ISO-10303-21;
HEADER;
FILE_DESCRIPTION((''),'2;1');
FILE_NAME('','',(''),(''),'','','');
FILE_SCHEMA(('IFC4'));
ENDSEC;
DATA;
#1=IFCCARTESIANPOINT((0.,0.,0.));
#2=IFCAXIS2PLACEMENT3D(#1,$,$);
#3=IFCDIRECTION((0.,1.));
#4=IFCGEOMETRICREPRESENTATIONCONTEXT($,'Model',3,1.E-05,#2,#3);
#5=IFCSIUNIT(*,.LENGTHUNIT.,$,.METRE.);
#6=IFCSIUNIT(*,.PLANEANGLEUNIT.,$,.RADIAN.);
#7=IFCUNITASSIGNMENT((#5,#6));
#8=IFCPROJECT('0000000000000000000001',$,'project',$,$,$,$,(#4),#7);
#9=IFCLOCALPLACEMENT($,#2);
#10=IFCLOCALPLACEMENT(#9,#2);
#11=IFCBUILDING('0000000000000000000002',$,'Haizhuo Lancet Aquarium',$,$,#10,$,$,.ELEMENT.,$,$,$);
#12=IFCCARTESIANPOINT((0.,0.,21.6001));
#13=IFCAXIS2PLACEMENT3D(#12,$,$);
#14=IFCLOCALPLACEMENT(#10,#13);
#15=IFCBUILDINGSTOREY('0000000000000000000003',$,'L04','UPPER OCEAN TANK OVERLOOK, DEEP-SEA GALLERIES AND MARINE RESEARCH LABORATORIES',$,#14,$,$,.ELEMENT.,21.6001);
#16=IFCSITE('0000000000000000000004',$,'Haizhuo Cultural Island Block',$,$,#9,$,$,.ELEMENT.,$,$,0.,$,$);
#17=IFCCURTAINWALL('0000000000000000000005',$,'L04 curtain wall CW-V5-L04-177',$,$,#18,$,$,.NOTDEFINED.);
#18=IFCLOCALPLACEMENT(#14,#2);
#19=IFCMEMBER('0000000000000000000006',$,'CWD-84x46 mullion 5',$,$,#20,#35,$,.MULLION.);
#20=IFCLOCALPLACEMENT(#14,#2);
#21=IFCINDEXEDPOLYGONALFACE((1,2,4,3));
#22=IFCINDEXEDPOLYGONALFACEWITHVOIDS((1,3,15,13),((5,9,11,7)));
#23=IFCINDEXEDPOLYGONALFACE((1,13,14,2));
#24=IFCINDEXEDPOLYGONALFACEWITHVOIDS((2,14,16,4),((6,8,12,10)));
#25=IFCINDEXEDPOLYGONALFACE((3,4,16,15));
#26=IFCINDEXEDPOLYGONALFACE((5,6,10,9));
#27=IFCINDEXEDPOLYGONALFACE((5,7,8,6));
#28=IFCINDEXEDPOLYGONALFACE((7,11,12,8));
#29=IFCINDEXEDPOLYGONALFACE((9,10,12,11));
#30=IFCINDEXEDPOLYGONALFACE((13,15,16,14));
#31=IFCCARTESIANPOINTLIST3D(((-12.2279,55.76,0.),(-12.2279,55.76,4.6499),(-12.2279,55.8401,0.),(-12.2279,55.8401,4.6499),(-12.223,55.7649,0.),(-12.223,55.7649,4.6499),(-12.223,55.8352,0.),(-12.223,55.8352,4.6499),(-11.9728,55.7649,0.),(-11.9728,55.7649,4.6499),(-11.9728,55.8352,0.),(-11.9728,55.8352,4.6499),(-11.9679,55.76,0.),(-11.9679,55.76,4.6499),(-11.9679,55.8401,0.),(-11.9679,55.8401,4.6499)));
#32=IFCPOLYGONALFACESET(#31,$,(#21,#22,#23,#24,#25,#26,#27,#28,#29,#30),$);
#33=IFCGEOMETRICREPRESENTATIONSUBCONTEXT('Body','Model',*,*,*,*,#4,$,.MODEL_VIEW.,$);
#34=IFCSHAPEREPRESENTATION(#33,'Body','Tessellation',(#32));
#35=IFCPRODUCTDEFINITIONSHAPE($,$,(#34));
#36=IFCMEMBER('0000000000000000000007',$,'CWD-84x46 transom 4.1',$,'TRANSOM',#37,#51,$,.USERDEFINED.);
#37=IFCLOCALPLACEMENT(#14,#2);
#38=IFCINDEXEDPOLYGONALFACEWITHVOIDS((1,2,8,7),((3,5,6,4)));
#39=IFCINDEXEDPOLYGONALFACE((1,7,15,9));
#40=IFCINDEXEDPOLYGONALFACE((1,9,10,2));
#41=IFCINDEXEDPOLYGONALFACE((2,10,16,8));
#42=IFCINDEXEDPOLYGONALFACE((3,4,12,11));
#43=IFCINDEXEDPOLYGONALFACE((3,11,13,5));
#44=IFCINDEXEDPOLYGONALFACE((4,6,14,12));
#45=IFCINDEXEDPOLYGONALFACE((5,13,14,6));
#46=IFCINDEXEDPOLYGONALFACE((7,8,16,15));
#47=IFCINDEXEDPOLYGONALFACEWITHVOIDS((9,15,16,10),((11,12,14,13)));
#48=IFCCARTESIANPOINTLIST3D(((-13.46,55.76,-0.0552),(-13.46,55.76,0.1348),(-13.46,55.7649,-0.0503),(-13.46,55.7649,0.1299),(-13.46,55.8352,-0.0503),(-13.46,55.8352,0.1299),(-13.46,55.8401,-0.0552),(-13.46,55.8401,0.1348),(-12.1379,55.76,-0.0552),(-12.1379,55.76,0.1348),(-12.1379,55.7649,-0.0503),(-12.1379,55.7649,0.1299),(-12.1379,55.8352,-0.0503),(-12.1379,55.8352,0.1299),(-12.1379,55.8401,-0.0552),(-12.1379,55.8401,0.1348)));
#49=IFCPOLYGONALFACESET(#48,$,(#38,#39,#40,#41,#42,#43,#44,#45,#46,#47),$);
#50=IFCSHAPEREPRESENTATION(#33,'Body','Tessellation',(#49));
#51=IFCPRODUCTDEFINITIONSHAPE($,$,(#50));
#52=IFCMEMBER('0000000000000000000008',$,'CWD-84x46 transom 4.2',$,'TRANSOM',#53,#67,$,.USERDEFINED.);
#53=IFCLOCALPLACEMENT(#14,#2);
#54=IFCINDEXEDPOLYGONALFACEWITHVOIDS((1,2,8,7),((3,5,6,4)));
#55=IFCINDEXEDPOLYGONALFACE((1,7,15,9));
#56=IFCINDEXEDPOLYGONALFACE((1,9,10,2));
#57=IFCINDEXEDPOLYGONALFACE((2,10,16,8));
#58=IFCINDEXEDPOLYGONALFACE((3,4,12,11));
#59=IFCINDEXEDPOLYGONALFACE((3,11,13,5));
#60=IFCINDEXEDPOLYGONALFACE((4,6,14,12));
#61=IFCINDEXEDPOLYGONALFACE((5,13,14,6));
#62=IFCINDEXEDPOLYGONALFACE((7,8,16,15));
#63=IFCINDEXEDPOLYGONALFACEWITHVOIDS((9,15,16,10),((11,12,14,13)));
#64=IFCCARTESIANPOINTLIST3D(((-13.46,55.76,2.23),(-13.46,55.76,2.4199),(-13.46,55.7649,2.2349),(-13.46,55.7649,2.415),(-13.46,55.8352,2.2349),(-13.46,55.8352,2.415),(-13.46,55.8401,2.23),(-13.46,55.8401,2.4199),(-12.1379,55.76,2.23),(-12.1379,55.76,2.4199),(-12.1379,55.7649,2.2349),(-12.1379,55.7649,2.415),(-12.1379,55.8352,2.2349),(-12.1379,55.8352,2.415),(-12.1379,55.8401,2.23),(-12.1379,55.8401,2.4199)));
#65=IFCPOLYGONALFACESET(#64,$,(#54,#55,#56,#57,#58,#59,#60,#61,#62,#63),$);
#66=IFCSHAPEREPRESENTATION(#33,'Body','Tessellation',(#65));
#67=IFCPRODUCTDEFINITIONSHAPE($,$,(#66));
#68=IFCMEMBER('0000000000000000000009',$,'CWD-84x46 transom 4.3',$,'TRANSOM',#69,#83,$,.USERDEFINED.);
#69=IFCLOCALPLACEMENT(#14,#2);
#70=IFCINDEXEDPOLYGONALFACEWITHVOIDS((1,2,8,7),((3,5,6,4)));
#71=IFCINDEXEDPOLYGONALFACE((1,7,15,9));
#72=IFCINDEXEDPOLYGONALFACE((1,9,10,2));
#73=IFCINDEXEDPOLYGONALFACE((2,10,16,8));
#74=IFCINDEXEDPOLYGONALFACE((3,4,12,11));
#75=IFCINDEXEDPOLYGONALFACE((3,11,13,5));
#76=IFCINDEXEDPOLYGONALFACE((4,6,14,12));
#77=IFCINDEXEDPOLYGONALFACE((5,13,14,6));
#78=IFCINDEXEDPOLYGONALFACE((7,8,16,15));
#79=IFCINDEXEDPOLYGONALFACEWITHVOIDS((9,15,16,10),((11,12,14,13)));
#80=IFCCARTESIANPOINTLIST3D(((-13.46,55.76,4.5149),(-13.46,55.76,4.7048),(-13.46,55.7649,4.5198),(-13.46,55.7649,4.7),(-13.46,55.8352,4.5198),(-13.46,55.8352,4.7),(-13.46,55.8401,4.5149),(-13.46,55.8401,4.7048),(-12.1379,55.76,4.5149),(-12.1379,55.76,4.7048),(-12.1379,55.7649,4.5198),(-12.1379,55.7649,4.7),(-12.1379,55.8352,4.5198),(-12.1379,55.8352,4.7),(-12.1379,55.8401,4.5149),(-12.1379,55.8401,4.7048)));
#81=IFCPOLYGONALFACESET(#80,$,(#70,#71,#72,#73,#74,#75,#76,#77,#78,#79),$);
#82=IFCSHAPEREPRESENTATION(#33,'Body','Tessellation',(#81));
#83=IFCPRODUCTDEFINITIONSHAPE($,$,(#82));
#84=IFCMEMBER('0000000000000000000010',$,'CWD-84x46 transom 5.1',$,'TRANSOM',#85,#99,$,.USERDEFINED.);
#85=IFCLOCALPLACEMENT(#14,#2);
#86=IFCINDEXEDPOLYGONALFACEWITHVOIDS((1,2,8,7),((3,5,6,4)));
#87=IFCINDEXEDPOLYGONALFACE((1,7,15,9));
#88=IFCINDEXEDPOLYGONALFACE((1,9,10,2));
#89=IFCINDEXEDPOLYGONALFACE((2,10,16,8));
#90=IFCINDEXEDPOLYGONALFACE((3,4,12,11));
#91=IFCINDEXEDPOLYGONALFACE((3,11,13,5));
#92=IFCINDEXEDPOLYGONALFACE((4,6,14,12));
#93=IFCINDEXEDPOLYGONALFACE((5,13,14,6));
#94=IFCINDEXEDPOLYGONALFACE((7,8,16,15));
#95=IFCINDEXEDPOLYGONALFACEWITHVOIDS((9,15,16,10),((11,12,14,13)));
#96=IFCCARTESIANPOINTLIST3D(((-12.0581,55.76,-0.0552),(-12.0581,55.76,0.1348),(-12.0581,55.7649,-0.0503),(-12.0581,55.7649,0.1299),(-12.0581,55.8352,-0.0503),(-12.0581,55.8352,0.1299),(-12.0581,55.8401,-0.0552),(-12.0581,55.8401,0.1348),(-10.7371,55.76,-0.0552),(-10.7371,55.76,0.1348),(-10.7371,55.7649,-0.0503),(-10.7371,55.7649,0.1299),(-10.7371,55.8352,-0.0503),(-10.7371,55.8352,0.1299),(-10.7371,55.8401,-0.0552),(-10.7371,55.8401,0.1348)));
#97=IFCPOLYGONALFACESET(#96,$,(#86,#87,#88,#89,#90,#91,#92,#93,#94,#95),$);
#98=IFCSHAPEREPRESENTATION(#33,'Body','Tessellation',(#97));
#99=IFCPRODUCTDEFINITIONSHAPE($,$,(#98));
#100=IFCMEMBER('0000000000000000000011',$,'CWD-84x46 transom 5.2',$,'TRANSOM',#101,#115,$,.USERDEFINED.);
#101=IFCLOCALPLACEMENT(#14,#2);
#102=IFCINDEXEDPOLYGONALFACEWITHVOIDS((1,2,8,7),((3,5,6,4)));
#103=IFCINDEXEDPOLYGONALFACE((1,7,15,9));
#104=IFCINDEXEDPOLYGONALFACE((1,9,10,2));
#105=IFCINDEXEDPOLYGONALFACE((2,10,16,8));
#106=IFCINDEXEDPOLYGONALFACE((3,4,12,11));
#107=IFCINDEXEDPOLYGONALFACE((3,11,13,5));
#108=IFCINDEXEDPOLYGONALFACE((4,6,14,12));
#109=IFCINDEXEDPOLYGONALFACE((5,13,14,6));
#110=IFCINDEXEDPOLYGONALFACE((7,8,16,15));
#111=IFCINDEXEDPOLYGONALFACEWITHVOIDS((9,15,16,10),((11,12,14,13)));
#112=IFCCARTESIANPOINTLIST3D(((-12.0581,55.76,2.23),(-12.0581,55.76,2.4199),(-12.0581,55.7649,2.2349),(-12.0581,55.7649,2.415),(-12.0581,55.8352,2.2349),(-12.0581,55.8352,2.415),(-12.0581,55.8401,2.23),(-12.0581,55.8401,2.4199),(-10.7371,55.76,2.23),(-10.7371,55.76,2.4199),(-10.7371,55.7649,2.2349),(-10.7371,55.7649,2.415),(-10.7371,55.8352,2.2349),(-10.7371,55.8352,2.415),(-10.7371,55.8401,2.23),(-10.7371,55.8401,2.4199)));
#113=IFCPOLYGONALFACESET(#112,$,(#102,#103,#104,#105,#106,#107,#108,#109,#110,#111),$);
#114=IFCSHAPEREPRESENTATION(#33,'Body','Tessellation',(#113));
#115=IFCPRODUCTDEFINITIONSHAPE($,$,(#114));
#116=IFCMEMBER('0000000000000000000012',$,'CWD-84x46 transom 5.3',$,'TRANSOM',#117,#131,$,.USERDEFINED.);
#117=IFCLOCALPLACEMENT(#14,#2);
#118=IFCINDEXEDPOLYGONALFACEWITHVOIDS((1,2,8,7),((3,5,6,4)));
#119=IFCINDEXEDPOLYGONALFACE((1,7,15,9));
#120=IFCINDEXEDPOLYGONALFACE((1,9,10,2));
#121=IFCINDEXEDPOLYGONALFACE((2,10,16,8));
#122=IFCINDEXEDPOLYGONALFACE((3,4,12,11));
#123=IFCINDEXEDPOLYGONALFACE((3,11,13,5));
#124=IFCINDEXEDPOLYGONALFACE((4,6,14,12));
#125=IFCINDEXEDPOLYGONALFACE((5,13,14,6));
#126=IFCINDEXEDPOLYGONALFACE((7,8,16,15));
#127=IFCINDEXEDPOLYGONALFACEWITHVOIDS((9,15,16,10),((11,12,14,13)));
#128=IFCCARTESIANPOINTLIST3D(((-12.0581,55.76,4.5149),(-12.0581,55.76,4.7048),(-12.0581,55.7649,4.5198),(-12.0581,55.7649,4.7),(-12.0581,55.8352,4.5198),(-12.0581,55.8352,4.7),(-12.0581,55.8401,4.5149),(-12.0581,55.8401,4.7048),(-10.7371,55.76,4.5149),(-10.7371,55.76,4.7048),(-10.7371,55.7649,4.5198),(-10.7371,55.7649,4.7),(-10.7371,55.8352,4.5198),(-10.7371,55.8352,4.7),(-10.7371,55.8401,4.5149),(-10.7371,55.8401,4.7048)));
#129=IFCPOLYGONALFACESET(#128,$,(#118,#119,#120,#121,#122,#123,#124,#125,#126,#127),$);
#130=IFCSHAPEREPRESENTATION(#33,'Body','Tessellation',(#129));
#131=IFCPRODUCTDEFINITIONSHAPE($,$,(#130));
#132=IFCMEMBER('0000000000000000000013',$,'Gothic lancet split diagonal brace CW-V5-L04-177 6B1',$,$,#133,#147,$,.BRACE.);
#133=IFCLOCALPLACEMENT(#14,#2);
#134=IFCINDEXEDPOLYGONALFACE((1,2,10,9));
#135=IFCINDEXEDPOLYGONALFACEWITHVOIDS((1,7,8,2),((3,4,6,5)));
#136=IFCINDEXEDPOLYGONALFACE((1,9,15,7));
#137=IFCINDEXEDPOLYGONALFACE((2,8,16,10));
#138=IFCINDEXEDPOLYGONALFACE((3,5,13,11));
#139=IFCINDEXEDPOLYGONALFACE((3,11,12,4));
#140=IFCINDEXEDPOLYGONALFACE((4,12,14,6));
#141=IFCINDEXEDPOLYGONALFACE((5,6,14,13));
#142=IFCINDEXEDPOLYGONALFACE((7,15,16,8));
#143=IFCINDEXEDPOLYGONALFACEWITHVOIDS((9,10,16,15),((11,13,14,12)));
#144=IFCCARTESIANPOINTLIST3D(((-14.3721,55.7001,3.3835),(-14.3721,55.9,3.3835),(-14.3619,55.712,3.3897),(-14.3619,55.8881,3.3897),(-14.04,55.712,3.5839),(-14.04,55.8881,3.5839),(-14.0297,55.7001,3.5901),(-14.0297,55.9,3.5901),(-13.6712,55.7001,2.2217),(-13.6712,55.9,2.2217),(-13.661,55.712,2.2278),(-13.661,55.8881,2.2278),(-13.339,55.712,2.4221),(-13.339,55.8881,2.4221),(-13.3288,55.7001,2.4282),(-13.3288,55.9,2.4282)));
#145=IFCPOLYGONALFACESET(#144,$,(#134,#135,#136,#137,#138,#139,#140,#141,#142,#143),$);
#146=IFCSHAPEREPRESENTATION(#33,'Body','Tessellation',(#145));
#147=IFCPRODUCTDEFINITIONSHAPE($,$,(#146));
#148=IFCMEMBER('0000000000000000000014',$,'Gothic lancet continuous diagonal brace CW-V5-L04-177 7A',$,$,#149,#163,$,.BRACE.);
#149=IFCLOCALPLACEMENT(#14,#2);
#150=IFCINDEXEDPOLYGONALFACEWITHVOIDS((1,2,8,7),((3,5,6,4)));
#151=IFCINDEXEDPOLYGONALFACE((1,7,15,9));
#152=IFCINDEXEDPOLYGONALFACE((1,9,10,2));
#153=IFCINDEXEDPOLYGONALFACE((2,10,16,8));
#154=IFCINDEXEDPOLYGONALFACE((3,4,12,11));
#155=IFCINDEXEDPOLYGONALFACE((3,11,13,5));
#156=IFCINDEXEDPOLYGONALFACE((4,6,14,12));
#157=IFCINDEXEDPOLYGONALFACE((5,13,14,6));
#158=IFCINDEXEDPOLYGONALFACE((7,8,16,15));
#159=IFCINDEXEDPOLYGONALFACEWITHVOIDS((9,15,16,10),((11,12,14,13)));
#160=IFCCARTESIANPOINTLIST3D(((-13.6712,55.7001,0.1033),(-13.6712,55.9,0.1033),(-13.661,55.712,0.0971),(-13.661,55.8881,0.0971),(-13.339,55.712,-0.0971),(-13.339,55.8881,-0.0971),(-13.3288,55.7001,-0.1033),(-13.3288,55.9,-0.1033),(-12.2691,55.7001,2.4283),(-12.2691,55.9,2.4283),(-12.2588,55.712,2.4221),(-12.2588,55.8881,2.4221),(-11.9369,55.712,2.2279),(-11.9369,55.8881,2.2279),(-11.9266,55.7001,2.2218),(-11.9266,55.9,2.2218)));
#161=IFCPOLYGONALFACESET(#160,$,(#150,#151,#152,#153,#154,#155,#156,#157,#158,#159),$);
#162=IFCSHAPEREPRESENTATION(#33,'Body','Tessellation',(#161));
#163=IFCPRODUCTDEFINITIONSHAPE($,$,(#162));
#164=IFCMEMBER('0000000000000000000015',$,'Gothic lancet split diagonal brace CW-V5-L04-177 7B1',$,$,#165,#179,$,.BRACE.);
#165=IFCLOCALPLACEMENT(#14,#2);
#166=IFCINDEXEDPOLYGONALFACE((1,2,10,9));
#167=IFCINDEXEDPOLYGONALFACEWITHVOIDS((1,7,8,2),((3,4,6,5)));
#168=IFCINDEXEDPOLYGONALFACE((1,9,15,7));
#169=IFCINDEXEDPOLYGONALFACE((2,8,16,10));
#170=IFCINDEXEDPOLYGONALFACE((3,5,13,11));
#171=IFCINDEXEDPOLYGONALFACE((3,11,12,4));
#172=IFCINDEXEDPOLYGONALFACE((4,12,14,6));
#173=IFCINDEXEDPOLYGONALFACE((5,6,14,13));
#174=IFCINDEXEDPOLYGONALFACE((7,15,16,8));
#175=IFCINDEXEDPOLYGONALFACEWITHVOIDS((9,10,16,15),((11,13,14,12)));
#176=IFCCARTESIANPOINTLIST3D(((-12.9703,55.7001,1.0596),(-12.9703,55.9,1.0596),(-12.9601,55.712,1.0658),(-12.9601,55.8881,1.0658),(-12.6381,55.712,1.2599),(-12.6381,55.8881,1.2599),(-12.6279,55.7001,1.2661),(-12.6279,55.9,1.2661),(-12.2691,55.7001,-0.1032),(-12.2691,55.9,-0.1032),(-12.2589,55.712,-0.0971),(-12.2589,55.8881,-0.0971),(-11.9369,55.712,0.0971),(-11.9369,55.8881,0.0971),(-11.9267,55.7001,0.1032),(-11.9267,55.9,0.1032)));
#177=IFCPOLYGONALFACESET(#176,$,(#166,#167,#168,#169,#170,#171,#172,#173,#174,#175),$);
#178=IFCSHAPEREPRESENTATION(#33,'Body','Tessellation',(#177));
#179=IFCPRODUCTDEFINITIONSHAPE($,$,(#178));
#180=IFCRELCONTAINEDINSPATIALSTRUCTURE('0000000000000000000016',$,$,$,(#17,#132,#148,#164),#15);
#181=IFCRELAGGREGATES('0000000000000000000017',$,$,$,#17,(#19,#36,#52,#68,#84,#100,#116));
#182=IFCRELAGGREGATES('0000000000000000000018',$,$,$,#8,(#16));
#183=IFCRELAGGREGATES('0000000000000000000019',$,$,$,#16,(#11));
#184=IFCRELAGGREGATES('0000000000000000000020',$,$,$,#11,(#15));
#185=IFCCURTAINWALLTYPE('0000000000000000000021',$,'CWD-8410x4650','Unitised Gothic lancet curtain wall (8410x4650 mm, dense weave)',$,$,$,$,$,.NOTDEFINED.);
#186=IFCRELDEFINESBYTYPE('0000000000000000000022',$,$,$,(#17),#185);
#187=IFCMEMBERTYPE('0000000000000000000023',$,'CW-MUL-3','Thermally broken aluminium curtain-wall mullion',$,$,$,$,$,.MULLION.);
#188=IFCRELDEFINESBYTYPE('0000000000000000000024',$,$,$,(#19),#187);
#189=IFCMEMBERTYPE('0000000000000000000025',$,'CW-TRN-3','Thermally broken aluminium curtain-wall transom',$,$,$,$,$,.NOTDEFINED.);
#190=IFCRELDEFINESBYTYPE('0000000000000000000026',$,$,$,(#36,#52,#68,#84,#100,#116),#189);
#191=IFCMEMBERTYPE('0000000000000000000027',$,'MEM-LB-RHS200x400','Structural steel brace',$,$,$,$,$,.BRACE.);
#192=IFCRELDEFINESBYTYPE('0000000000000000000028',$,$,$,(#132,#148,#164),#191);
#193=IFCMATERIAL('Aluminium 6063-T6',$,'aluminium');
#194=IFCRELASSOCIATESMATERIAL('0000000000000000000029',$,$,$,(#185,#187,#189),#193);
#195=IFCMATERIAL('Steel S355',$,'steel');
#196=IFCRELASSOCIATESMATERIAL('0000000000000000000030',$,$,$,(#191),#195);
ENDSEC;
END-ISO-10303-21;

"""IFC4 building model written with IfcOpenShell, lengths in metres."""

from ifc_helpers import new_model, si_unit, direction, frame, origin, origin_2d, place, context, subcontext, project, spatial, hollow_rectangle, extrude, material, material_profile, profile_set, type_object, element, aggregate, save


model = new_model("IFC4")

# Units and contexts
model_context = context("Model", 3, precision=1e-05, world=origin(), true_north=direction((0.0, 1.0)))
body_context = subcontext(model_context, "Body", "Model", "MODEL_VIEW")
ifc_project = project(units=[si_unit("LENGTHUNIT", "METRE"), si_unit("PLANEANGLEUNIT", "RADIAN")], contexts=[model_context])

# Site, building, storey
site_placement = place(None, origin())
site = spatial("IfcSite", under=ifc_project, at=site_placement, Name="Haizhuo Cultural Island Block", CompositionType="ELEMENT", RefElevation=0.0)
building_placement = place(site_placement, origin())
building = spatial("IfcBuilding", under=site, at=building_placement, Name="Haizhuo Lancet Aquarium", CompositionType="ELEMENT")
storey_placement = place(building_placement, frame((0.0, 0.0, 21.6001)))
storey = spatial("IfcBuildingStorey", under=building, at=storey_placement, Name="L04", Description="UPPER OCEAN TANK OVERLOOK, DEEP-SEA GALLERIES AND MARINE RESEARCH LABORATORIES", CompositionType="ELEMENT", Elevation=21.6001)

# Curtain wall, members
ifc_material_1 = material(Name="Aluminium 6063-T6", Category="aluminium")
curtain_wall_type = type_object("IfcCurtainWallType", Name="CWD-8410x4650", Description="Unitised Gothic lancet curtain wall (8410x4650 mm, dense weave)", PredefinedType="NOTDEFINED", material=ifc_material_1)
curtain_wall_placement = place(storey_placement, origin())
curtain_wall = element("IfcCurtainWall", 1, at=curtain_wall_placement, inside=storey, type_object=curtain_wall_type, Name="L04 curtain wall CW-V5-L04-177", PredefinedType="NOTDEFINED")
ifc_material_profile_1 = material_profile(ifc_material_1, hollow_rectangle(XDim=0.0801, YDim=0.26, WallThickness=0.0049, at=origin_2d()), Name="ALU-M 80x260x5")
ifc_profile_set_1 = profile_set([ifc_material_profile_1], Name="Aluminium 6063-T6")
member_type_1 = type_object("IfcMemberType", Name="CW-MUL-3", Description="Thermally broken aluminium curtain-wall mullion", PredefinedType="MULLION", material=ifc_profile_set_1)
member_1_placement = place(storey_placement, frame((-12.0979, 55.8, 0.0), z_axis=(0.0, 0.0, 1.0), x_axis=(0.0, 1.0, 0.0)))
member_1 = element("IfcMember", 2, at=member_1_placement, type_object=member_type_1, Name="CWD-84x46 mullion 5", PredefinedType="MULLION", context=body_context, shape_type="SweptSolid", body=[
    extrude(hollow_rectangle(XDim=0.0801, YDim=0.26, WallThickness=0.0049, at=origin_2d()), origin(), (0.0, 0.0, 1.0), 4.6499),
])
ifc_material_profile_2 = material_profile(ifc_material_1, hollow_rectangle(XDim=0.0801, YDim=0.1899, WallThickness=0.0049, at=origin_2d()), Name="ALU-T 80x190x5")
ifc_profile_set_2 = profile_set([ifc_material_profile_2], Name="Aluminium 6063-T6")
member_type_2 = type_object("IfcMemberType", Name="CW-TRN-3", Description="Thermally broken aluminium curtain-wall transom", PredefinedType="NOTDEFINED", material=ifc_profile_set_2)
member_2_placement = place(storey_placement, frame((-13.46, 55.8, 0.0398), z_axis=(1.0, 0.0, 0.0), x_axis=(0.0, 1.0, 0.0)))
member_2 = element("IfcMember", 3, at=member_2_placement, type_object=member_type_2, Name="CWD-84x46 transom 4.1", ObjectType="TRANSOM", PredefinedType="USERDEFINED", context=body_context, shape_type="SweptSolid", body=[
    extrude(hollow_rectangle(XDim=0.0801, YDim=0.1899, WallThickness=0.0049, at=origin_2d()), origin(), (0.0, 0.0, 1.0), 1.322),
])
member_3_placement = place(storey_placement, frame((-13.46, 55.8, 2.325), z_axis=(1.0, 0.0, 0.0), x_axis=(0.0, 1.0, 0.0)))
member_3 = element("IfcMember", 4, at=member_3_placement, type_object=member_type_2, Name="CWD-84x46 transom 4.2", ObjectType="TRANSOM", PredefinedType="USERDEFINED", context=body_context, shape_type="SweptSolid", body=[
    extrude(hollow_rectangle(XDim=0.0801, YDim=0.1899, WallThickness=0.0049, at=origin_2d()), origin(), (0.0, 0.0, 1.0), 1.322),
])
member_4_placement = place(storey_placement, frame((-13.46, 55.8, 4.6099), z_axis=(1.0, 0.0, 0.0), x_axis=(0.0, 1.0, 0.0)))
member_4 = element("IfcMember", 5, at=member_4_placement, type_object=member_type_2, Name="CWD-84x46 transom 4.3", ObjectType="TRANSOM", PredefinedType="USERDEFINED", context=body_context, shape_type="SweptSolid", body=[
    extrude(hollow_rectangle(XDim=0.0801, YDim=0.1899, WallThickness=0.0049, at=origin_2d()), origin(), (0.0, 0.0, 1.0), 1.322),
])
member_5_placement = place(storey_placement, frame((-12.0581, 55.8, 0.0398), z_axis=(1.0, 0.0, 0.0), x_axis=(0.0, 1.0, 0.0)))
member_5 = element("IfcMember", 6, at=member_5_placement, type_object=member_type_2, Name="CWD-84x46 transom 5.1", ObjectType="TRANSOM", PredefinedType="USERDEFINED", context=body_context, shape_type="SweptSolid", body=[
    extrude(hollow_rectangle(XDim=0.0801, YDim=0.1899, WallThickness=0.0049, at=origin_2d()), origin(), (0.0, 0.0, 1.0), 1.321),
])
member_6_placement = place(storey_placement, frame((-12.0581, 55.8, 2.325), z_axis=(1.0, 0.0, 0.0), x_axis=(0.0, 1.0, 0.0)))
member_6 = element("IfcMember", 7, at=member_6_placement, type_object=member_type_2, Name="CWD-84x46 transom 5.2", ObjectType="TRANSOM", PredefinedType="USERDEFINED", context=body_context, shape_type="SweptSolid", body=[
    extrude(hollow_rectangle(XDim=0.0801, YDim=0.1899, WallThickness=0.0049, at=origin_2d()), origin(), (0.0, 0.0, 1.0), 1.321),
])
member_7_placement = place(storey_placement, frame((-12.0581, 55.8, 4.6099), z_axis=(1.0, 0.0, 0.0), x_axis=(0.0, 1.0, 0.0)))
member_7 = element("IfcMember", 8, at=member_7_placement, type_object=member_type_2, Name="CWD-84x46 transom 5.3", ObjectType="TRANSOM", PredefinedType="USERDEFINED", context=body_context, shape_type="SweptSolid", body=[
    extrude(hollow_rectangle(XDim=0.0801, YDim=0.1899, WallThickness=0.0049, at=origin_2d()), origin(), (0.0, 0.0, 1.0), 1.321),
])

# Members
ifc_material_2 = material(Name="Steel S355", Category="steel")
ifc_material_profile_3 = material_profile(ifc_material_2, hollow_rectangle(XDim=0.2, YDim=0.3999, WallThickness=0.012, at=origin_2d()), Name="RHS 200x400x12")
ifc_profile_set_3 = profile_set([ifc_material_profile_3], Name="Steel S355")
member_type_3 = type_object("IfcMemberType", Name="MEM-LB-RHS200x400", Description="Structural steel brace", PredefinedType="BRACE", material=ifc_profile_set_3)
member_8_placement = place(storey_placement, frame((-13.5, 55.8, 2.325), z_axis=(-0.516558, 0.0, 0.856252), x_axis=(0.0, -1.0, 0.0)))
element("IfcMember", 9, at=member_8_placement, inside=storey, type_object=member_type_3, Name="Gothic lancet split diagonal brace CW-V5-L04-177 6B1", PredefinedType="BRACE", context=body_context, shape_type="SweptSolid", body=[
    extrude(hollow_rectangle(XDim=0.2, YDim=0.3999, WallThickness=0.012, at=origin_2d()), origin(), (0.0, 0.0, 1.0), 1.3569),
])
member_9_placement = place(storey_placement, frame((-13.5, 55.8, 0.0), z_axis=(0.516425, 0.0, 0.856332), x_axis=(0.0, 1.0, 0.0)))
element("IfcMember", 10, at=member_9_placement, inside=storey, type_object=member_type_3, Name="Gothic lancet continuous diagonal brace CW-V5-L04-177 7A", PredefinedType="BRACE", context=body_context, shape_type="SweptSolid", body=[
    extrude(hollow_rectangle(XDim=0.2, YDim=0.3999, WallThickness=0.012, at=origin_2d()), origin(), (0.0, 0.0, 1.0), 2.7151),
])
member_10_placement = place(storey_placement, frame((-12.0979, 55.8, 0.0), z_axis=(-0.516372, 0.0, 0.856365), x_axis=(0.0, -1.0, 0.0)))
element("IfcMember", 11, at=member_10_placement, inside=storey, type_object=member_type_3, Name="Gothic lancet split diagonal brace CW-V5-L04-177 7B1", PredefinedType="BRACE", context=body_context, shape_type="SweptSolid", body=[
    extrude(hollow_rectangle(XDim=0.2, YDim=0.3999, WallThickness=0.012, at=origin_2d()), origin(), (0.0, 0.0, 1.0), 1.3579),
])

aggregate(curtain_wall, [member_1, member_2, member_3, member_4, member_5, member_6, member_7])

save(model, "model.ifc")
